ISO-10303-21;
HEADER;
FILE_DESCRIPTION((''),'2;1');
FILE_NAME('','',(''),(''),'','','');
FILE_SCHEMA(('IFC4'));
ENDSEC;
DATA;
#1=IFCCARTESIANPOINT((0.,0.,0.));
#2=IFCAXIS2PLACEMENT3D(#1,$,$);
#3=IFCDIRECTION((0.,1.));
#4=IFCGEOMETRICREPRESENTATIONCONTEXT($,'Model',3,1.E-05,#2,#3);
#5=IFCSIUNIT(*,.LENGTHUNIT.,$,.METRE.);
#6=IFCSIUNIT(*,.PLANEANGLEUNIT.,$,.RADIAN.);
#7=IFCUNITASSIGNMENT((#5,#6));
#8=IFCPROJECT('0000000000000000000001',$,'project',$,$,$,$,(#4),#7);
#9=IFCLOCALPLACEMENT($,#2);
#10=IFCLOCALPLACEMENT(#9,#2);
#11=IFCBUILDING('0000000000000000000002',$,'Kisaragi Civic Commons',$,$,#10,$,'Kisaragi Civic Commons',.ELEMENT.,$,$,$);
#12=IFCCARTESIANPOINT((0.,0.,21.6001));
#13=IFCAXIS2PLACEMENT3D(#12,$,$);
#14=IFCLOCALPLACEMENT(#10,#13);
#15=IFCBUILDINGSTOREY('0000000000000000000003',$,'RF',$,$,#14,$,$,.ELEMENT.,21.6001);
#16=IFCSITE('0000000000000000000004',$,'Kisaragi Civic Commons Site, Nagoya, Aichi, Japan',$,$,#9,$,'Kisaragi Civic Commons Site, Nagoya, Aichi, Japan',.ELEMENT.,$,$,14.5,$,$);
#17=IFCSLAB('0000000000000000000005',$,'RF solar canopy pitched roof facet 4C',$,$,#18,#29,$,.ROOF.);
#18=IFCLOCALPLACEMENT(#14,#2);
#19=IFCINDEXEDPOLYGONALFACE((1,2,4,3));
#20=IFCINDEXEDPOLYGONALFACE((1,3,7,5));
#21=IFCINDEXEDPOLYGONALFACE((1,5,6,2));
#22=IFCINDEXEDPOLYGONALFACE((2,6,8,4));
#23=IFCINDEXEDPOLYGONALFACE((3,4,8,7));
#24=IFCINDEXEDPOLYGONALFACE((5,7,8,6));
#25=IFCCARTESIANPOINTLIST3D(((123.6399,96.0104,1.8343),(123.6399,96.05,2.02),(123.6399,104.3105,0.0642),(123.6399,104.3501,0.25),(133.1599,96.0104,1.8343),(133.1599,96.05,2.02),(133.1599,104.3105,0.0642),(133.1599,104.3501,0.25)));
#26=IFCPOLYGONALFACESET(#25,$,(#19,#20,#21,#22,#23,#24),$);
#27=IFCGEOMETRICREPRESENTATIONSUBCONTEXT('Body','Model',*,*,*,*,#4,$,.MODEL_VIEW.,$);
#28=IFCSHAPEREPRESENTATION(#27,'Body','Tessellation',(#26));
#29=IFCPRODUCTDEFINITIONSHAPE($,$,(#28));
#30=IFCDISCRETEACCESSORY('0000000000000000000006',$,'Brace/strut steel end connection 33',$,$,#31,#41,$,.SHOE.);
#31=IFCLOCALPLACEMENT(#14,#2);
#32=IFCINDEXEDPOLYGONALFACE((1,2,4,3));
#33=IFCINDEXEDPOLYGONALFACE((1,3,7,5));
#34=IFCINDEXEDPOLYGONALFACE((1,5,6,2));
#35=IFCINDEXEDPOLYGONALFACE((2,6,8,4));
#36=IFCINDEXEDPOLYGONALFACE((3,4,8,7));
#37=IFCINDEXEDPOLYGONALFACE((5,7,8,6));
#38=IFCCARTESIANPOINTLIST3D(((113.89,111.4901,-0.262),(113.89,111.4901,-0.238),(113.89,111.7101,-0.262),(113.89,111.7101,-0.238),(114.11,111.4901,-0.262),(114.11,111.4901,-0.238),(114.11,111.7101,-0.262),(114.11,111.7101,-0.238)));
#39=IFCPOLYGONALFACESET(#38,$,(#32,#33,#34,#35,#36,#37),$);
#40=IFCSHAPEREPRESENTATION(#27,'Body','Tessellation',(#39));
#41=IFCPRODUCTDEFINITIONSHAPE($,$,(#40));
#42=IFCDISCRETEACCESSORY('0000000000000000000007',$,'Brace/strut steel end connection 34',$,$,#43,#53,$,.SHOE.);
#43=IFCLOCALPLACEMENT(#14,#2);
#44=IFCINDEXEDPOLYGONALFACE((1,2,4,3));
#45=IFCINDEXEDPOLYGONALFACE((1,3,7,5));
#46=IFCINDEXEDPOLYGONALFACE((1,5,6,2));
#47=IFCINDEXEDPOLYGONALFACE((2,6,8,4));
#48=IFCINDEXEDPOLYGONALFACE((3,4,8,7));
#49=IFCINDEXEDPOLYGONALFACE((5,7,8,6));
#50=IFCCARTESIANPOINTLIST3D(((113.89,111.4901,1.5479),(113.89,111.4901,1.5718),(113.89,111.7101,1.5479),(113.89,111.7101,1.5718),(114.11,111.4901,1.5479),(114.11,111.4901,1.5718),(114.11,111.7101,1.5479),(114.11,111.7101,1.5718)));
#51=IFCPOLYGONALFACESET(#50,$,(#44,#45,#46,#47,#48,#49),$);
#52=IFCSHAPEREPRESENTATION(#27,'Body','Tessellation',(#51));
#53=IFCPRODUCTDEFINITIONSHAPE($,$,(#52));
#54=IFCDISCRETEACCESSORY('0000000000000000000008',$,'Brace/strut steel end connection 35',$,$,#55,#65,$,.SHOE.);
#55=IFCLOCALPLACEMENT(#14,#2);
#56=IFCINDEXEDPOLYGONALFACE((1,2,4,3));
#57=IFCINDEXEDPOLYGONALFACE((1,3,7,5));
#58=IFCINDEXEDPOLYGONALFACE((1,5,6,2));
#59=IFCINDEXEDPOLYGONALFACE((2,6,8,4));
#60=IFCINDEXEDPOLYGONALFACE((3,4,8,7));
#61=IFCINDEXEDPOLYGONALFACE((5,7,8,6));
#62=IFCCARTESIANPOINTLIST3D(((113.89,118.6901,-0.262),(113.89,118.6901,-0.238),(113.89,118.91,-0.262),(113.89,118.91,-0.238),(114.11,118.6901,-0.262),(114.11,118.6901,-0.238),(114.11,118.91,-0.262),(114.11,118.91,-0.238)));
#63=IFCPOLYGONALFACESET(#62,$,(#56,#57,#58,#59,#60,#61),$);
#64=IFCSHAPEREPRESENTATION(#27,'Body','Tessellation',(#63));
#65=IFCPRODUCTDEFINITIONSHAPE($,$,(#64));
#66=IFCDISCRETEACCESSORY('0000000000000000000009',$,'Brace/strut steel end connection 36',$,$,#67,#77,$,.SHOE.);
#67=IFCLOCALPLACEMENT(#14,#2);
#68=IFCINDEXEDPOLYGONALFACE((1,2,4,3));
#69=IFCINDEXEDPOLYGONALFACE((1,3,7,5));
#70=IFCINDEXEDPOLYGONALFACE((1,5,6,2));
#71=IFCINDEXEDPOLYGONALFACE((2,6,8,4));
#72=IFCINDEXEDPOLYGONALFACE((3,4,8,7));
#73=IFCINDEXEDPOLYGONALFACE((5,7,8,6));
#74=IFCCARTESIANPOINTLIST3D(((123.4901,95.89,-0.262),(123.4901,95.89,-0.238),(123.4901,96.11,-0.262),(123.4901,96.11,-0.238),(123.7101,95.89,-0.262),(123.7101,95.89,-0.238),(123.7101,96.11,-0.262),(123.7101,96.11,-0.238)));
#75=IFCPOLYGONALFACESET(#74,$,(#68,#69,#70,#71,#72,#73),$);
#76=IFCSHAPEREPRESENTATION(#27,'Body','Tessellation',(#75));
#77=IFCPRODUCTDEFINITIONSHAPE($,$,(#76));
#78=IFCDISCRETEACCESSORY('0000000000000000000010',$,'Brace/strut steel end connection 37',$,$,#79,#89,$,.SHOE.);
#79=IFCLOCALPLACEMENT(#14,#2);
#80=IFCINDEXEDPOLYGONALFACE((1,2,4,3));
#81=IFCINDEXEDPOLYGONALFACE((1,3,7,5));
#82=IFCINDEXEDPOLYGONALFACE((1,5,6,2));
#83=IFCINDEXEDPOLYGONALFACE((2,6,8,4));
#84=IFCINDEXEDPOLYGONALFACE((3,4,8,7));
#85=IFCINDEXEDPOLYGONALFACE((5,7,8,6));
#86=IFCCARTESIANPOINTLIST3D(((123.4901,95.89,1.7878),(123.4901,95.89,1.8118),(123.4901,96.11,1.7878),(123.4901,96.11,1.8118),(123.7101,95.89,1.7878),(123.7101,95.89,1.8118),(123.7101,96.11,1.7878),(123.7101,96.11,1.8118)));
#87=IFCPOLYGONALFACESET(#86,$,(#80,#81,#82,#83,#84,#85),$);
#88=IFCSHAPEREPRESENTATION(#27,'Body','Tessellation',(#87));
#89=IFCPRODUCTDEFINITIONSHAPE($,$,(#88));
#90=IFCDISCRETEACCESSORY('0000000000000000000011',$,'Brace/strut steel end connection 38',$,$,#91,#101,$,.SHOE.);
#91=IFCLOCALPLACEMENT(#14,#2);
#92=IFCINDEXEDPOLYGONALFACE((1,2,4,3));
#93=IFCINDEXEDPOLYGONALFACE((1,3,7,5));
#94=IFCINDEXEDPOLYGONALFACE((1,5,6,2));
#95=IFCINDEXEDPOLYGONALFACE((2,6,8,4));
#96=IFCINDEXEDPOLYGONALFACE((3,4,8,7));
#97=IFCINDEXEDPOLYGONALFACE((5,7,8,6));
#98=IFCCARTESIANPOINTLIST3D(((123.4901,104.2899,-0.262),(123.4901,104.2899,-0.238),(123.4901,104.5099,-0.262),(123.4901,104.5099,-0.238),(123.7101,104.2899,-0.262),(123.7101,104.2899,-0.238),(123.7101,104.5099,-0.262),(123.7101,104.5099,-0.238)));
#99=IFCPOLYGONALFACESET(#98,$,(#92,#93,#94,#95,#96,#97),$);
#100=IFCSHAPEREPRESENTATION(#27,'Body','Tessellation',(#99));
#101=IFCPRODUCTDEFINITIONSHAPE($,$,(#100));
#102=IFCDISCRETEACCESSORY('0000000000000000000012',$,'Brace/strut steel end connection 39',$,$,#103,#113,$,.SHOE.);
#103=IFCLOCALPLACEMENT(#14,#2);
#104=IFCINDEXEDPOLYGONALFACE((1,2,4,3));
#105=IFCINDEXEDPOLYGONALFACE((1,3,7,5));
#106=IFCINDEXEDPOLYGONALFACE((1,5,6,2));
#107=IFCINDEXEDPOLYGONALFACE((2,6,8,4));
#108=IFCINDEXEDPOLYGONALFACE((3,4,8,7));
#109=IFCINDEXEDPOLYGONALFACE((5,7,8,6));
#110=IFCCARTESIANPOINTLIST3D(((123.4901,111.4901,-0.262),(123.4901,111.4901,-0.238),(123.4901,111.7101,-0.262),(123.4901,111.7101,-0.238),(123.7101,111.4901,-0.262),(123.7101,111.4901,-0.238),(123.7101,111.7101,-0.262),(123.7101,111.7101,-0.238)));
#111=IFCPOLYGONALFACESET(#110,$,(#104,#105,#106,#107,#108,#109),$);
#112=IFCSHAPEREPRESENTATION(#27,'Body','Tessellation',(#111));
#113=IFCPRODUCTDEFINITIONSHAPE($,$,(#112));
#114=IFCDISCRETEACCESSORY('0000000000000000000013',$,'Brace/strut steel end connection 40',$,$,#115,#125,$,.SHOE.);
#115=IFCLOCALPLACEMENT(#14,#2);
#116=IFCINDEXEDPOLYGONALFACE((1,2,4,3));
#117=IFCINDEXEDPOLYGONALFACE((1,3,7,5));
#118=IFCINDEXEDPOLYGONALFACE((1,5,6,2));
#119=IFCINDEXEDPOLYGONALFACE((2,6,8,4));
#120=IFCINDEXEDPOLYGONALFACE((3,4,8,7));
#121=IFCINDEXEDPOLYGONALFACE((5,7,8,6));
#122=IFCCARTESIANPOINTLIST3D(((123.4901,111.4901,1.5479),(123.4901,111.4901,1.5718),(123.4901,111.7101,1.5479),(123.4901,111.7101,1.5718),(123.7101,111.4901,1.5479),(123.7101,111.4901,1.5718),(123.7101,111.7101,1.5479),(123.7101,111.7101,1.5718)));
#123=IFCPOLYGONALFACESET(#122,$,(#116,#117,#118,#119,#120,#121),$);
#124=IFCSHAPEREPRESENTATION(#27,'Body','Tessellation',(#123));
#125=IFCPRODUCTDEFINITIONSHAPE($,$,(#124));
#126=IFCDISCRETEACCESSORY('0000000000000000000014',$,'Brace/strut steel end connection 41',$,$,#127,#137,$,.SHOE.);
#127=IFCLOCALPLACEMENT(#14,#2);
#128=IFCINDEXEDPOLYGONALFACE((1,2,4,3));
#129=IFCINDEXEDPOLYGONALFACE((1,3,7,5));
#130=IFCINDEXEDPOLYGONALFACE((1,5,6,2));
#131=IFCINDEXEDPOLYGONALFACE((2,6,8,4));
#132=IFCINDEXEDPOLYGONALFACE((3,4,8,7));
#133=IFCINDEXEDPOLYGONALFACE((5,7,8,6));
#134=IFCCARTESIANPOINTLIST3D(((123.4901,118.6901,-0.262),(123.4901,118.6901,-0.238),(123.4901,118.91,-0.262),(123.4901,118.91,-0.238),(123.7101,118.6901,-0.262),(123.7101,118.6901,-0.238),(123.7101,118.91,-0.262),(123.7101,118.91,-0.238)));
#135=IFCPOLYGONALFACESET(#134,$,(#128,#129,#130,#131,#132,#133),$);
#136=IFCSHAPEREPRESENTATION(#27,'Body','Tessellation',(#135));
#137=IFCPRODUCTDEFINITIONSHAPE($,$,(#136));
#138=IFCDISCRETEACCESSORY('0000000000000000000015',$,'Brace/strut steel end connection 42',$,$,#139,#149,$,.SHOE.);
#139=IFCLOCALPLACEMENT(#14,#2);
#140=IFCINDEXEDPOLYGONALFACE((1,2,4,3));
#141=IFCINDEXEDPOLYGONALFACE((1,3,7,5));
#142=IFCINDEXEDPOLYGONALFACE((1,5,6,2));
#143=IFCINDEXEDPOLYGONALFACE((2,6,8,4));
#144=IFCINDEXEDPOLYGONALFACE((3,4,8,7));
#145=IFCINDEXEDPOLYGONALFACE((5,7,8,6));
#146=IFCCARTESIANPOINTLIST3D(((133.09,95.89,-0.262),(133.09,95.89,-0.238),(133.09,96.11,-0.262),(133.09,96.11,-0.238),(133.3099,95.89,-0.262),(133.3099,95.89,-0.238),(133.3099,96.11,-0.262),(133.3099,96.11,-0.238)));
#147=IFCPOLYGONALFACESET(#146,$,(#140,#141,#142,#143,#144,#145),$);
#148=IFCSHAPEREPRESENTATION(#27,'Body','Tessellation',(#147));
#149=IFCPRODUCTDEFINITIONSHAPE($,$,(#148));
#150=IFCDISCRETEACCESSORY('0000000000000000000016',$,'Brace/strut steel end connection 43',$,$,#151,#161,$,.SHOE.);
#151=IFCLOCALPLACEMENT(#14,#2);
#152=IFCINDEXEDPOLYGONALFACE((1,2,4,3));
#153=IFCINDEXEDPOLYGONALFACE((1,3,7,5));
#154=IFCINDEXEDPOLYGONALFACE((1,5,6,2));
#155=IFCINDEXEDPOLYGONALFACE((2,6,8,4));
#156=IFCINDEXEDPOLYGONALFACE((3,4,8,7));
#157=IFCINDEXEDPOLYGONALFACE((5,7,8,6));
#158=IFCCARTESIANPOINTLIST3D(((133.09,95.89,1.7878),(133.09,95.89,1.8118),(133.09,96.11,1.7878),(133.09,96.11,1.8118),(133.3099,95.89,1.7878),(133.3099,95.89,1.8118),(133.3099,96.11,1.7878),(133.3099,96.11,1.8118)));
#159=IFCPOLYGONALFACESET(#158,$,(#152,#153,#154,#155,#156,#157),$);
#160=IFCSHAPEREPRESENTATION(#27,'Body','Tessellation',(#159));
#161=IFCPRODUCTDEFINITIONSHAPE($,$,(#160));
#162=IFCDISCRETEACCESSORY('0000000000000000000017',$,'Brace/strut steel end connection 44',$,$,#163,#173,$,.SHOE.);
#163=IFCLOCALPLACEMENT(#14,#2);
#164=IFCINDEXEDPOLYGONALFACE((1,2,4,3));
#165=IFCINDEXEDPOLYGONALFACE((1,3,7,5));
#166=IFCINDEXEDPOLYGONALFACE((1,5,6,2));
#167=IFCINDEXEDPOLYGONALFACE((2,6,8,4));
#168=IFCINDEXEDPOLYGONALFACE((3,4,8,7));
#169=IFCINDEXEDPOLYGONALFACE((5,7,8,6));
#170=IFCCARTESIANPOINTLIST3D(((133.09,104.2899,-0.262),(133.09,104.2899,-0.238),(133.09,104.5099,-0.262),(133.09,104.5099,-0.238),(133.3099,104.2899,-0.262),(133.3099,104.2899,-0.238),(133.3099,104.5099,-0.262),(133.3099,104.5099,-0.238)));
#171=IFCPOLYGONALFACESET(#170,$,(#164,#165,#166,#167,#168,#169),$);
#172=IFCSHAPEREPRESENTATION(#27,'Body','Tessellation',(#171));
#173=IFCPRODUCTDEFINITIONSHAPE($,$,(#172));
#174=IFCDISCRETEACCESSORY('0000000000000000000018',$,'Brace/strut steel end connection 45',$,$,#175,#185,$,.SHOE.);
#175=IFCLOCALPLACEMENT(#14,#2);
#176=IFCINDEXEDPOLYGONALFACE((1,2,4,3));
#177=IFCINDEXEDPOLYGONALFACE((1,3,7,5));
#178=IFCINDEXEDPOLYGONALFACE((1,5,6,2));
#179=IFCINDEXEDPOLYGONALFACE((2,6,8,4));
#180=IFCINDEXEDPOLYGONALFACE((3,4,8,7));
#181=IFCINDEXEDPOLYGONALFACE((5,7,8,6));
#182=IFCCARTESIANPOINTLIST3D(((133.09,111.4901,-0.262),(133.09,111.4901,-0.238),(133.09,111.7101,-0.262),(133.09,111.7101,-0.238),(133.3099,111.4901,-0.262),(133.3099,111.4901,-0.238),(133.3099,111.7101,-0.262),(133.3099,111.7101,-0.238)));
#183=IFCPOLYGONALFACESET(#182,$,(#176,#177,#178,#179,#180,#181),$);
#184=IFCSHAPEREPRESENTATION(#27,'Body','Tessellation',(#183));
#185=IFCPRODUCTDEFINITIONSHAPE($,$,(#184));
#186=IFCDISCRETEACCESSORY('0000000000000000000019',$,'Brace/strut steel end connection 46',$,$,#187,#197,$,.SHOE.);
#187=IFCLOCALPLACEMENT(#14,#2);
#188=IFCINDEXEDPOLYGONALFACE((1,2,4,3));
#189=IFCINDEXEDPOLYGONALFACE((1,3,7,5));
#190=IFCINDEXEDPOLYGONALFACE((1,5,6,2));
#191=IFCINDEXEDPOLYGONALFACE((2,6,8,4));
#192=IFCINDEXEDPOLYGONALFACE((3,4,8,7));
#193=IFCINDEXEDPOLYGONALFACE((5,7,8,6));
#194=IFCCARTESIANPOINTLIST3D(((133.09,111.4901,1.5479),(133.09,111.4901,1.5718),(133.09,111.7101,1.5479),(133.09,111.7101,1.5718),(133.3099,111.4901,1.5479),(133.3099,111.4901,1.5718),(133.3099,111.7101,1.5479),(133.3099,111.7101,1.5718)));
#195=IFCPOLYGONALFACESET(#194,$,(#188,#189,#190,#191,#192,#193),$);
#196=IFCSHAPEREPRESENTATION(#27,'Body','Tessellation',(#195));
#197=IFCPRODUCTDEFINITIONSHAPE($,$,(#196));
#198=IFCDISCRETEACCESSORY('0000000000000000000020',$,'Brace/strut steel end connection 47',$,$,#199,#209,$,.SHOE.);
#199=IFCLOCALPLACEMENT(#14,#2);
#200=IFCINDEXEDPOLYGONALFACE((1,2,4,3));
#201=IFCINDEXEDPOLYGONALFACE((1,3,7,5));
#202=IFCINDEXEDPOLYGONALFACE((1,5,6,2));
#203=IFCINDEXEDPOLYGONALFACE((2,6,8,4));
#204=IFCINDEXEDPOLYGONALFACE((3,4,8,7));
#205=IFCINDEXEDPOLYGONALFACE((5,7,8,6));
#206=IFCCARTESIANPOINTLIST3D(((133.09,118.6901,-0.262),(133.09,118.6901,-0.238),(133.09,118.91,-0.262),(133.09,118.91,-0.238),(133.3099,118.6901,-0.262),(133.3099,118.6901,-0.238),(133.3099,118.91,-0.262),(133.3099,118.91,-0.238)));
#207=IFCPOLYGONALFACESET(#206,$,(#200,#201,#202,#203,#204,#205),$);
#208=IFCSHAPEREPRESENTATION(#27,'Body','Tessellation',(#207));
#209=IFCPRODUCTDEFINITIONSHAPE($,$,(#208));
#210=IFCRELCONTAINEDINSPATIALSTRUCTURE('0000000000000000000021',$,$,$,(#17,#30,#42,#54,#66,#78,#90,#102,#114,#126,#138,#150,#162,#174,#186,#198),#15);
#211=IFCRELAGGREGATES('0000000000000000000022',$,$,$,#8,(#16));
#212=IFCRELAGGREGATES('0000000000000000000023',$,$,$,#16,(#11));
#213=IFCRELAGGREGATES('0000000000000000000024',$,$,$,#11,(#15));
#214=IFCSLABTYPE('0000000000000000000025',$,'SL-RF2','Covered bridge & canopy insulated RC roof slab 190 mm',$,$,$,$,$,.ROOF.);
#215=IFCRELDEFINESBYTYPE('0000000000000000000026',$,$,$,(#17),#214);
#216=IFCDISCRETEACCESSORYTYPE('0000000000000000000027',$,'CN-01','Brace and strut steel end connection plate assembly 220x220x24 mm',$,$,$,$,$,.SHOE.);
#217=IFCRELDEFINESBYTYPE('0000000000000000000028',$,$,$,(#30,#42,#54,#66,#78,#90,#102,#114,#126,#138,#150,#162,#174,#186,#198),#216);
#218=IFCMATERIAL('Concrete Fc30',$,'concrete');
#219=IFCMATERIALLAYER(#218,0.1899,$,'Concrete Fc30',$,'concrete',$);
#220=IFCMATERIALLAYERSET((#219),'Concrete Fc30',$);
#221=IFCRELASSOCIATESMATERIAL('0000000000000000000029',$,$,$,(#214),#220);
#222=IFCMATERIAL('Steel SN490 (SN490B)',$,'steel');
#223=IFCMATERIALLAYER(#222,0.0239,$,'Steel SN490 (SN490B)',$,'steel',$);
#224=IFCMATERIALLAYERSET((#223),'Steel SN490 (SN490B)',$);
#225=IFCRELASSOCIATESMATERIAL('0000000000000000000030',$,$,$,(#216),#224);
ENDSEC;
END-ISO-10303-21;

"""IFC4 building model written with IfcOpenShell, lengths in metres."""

from ifc_helpers import new_model, si_unit, direction, frame, origin, origin_2d, place, context, subcontext, project, spatial, polyline, rectangle, outline, extrude, material, layer, layer_set, type_object, element, save


model = new_model("IFC4")

# Units and contexts
model_context = context("Model", 3, precision=1e-05, world=origin(), true_north=direction((0.0, 1.0)))
body_context = subcontext(model_context, "Body", "Model", "MODEL_VIEW")
ifc_project = project(units=[si_unit("LENGTHUNIT", "METRE"), si_unit("PLANEANGLEUNIT", "RADIAN")], contexts=[model_context])

# Site, building, storey
site_placement = place(None, origin())
site = spatial("IfcSite", under=ifc_project, at=site_placement, Name="Kisaragi Civic Commons Site, Nagoya, Aichi, Japan", LongName="Kisaragi Civic Commons Site, Nagoya, Aichi, Japan", CompositionType="ELEMENT", RefElevation=14.5)
building_placement = place(site_placement, origin())
building = spatial("IfcBuilding", under=site, at=building_placement, Name="Kisaragi Civic Commons", LongName="Kisaragi Civic Commons", CompositionType="ELEMENT")
storey_placement = place(building_placement, frame((0.0, 0.0, 21.6001)))
storey = spatial("IfcBuildingStorey", under=building, at=storey_placement, Name="RF", CompositionType="ELEMENT", Elevation=21.6001)

# Shared definitions
ifc_material_1 = material(Name="Concrete Fc30", Category="concrete")

# Shared definitions
ifc_material_2 = material(Name="Steel SN490 (SN490B)", Category="steel")

# Slab
ifc_layer_1 = layer(ifc_material_1, 0.1899, Name="Concrete Fc30", Category="concrete")
ifc_layer_set_1 = layer_set([ifc_layer_1], Name="Concrete Fc30")
slab_type = type_object("IfcSlabType", Name="SL-RF2", Description="Covered bridge & canopy insulated RC roof slab 190 mm", PredefinedType="ROOF", material=ifc_layer_set_1)
slab_placement = place(storey_placement, frame((123.6399, 96.05, 2.02), z_axis=(0.0, 0.208564, 0.978009), x_axis=(1.0, 0.0, 0.0)))
element("IfcSlab", 1, at=slab_placement, inside=storey, type_object=slab_type, Name="RF solar canopy pitched roof facet 4C", PredefinedType="ROOF", context=body_context, shape_type="SweptSolid", body=[
    extrude(outline(polyline([(0.0, 0.0), (9.52, 0.0), (9.52, 8.4867), (0.0, 8.4867), (0.0, 0.0)])), origin(), (0.0, 0.0, -1.0), 0.1899),
])

# Discrete accessories
ifc_layer_2 = layer(ifc_material_2, 0.0239, Name="Steel SN490 (SN490B)", Category="steel")
ifc_layer_set_2 = layer_set([ifc_layer_2], Name="Steel SN490 (SN490B)")
discrete_accessory_type = type_object("IfcDiscreteAccessoryType", Name="CN-01", Description="Brace and strut steel end connection plate assembly 220x220x24 mm", PredefinedType="SHOE", material=ifc_layer_set_2)
for number, where, z_axis, x_axis, name in (
    (2, (114.0, 111.6001, -0.262), (0.0, 0.0, 1.0), (1.0, 0.0, 0.0), "Brace/strut steel end connection 33"),
    (3, (114.0, 111.6001, 1.5479), (0.0, 0.0, 1.0), (1.0, 0.0, 0.0), "Brace/strut steel end connection 34"),
    (4, (114.0, 118.8, -0.262), (0.0, 0.0, 1.0), (1.0, 0.0, 0.0), "Brace/strut steel end connection 35"),
    (5, (123.6001, 96.0, -0.262), (0.0, 0.0, 1.0), (1.0, 0.0, 0.0), "Brace/strut steel end connection 36"),
    (6, (123.6001, 96.0, 1.7878), (0.0, 0.0, 1.0), (1.0, 0.0, 0.0), "Brace/strut steel end connection 37"),
    (7, (123.6001, 104.3999, -0.262), (0.0, 0.0, 1.0), (1.0, 0.0, 0.0), "Brace/strut steel end connection 38"),
    (8, (123.6001, 111.6001, -0.262), (0.0, 0.0, 1.0), (1.0, 0.0, 0.0), "Brace/strut steel end connection 39"),
    (9, (123.6001, 111.6001, 1.5479), (0.0, 0.0, 1.0), (1.0, 0.0, 0.0), "Brace/strut steel end connection 40"),
    (10, (123.6001, 118.8, -0.262), (0.0, 0.0, 1.0), (1.0, 0.0, 0.0), "Brace/strut steel end connection 41"),
    (11, (133.2, 96.0, -0.262), (0.0, 0.0, 1.0), (1.0, 0.0, 0.0), "Brace/strut steel end connection 42"),
    (12, (133.2, 96.0, 1.7878), (0.0, 0.0, 1.0), (1.0, 0.0, 0.0), "Brace/strut steel end connection 43"),
    (13, (133.2, 104.3999, -0.262), (0.0, 0.0, 1.0), (1.0, 0.0, 0.0), "Brace/strut steel end connection 44"),
    (14, (133.2, 111.6001, -0.262), (0.0, 0.0, 1.0), (1.0, 0.0, 0.0), "Brace/strut steel end connection 45"),
    (15, (133.2, 111.6001, 1.5479), (0.0, 0.0, 1.0), (1.0, 0.0, 0.0), "Brace/strut steel end connection 46"),
    (16, (133.2, 118.8, -0.262), (0.0, 0.0, 1.0), (1.0, 0.0, 0.0), "Brace/strut steel end connection 47"),
):
    element("IfcDiscreteAccessory", number, at=place(storey_placement, frame(where, z_axis=z_axis, x_axis=x_axis)), inside=storey, type_object=discrete_accessory_type, Name=name, PredefinedType="SHOE", context=body_context, shape_type="SweptSolid", body=[
        extrude(rectangle(XDim=0.22, YDim=0.22, at=origin_2d()), origin(), (0.0, 0.0, 1.0), 0.0239),
    ])

save(model, "model.ifc")
